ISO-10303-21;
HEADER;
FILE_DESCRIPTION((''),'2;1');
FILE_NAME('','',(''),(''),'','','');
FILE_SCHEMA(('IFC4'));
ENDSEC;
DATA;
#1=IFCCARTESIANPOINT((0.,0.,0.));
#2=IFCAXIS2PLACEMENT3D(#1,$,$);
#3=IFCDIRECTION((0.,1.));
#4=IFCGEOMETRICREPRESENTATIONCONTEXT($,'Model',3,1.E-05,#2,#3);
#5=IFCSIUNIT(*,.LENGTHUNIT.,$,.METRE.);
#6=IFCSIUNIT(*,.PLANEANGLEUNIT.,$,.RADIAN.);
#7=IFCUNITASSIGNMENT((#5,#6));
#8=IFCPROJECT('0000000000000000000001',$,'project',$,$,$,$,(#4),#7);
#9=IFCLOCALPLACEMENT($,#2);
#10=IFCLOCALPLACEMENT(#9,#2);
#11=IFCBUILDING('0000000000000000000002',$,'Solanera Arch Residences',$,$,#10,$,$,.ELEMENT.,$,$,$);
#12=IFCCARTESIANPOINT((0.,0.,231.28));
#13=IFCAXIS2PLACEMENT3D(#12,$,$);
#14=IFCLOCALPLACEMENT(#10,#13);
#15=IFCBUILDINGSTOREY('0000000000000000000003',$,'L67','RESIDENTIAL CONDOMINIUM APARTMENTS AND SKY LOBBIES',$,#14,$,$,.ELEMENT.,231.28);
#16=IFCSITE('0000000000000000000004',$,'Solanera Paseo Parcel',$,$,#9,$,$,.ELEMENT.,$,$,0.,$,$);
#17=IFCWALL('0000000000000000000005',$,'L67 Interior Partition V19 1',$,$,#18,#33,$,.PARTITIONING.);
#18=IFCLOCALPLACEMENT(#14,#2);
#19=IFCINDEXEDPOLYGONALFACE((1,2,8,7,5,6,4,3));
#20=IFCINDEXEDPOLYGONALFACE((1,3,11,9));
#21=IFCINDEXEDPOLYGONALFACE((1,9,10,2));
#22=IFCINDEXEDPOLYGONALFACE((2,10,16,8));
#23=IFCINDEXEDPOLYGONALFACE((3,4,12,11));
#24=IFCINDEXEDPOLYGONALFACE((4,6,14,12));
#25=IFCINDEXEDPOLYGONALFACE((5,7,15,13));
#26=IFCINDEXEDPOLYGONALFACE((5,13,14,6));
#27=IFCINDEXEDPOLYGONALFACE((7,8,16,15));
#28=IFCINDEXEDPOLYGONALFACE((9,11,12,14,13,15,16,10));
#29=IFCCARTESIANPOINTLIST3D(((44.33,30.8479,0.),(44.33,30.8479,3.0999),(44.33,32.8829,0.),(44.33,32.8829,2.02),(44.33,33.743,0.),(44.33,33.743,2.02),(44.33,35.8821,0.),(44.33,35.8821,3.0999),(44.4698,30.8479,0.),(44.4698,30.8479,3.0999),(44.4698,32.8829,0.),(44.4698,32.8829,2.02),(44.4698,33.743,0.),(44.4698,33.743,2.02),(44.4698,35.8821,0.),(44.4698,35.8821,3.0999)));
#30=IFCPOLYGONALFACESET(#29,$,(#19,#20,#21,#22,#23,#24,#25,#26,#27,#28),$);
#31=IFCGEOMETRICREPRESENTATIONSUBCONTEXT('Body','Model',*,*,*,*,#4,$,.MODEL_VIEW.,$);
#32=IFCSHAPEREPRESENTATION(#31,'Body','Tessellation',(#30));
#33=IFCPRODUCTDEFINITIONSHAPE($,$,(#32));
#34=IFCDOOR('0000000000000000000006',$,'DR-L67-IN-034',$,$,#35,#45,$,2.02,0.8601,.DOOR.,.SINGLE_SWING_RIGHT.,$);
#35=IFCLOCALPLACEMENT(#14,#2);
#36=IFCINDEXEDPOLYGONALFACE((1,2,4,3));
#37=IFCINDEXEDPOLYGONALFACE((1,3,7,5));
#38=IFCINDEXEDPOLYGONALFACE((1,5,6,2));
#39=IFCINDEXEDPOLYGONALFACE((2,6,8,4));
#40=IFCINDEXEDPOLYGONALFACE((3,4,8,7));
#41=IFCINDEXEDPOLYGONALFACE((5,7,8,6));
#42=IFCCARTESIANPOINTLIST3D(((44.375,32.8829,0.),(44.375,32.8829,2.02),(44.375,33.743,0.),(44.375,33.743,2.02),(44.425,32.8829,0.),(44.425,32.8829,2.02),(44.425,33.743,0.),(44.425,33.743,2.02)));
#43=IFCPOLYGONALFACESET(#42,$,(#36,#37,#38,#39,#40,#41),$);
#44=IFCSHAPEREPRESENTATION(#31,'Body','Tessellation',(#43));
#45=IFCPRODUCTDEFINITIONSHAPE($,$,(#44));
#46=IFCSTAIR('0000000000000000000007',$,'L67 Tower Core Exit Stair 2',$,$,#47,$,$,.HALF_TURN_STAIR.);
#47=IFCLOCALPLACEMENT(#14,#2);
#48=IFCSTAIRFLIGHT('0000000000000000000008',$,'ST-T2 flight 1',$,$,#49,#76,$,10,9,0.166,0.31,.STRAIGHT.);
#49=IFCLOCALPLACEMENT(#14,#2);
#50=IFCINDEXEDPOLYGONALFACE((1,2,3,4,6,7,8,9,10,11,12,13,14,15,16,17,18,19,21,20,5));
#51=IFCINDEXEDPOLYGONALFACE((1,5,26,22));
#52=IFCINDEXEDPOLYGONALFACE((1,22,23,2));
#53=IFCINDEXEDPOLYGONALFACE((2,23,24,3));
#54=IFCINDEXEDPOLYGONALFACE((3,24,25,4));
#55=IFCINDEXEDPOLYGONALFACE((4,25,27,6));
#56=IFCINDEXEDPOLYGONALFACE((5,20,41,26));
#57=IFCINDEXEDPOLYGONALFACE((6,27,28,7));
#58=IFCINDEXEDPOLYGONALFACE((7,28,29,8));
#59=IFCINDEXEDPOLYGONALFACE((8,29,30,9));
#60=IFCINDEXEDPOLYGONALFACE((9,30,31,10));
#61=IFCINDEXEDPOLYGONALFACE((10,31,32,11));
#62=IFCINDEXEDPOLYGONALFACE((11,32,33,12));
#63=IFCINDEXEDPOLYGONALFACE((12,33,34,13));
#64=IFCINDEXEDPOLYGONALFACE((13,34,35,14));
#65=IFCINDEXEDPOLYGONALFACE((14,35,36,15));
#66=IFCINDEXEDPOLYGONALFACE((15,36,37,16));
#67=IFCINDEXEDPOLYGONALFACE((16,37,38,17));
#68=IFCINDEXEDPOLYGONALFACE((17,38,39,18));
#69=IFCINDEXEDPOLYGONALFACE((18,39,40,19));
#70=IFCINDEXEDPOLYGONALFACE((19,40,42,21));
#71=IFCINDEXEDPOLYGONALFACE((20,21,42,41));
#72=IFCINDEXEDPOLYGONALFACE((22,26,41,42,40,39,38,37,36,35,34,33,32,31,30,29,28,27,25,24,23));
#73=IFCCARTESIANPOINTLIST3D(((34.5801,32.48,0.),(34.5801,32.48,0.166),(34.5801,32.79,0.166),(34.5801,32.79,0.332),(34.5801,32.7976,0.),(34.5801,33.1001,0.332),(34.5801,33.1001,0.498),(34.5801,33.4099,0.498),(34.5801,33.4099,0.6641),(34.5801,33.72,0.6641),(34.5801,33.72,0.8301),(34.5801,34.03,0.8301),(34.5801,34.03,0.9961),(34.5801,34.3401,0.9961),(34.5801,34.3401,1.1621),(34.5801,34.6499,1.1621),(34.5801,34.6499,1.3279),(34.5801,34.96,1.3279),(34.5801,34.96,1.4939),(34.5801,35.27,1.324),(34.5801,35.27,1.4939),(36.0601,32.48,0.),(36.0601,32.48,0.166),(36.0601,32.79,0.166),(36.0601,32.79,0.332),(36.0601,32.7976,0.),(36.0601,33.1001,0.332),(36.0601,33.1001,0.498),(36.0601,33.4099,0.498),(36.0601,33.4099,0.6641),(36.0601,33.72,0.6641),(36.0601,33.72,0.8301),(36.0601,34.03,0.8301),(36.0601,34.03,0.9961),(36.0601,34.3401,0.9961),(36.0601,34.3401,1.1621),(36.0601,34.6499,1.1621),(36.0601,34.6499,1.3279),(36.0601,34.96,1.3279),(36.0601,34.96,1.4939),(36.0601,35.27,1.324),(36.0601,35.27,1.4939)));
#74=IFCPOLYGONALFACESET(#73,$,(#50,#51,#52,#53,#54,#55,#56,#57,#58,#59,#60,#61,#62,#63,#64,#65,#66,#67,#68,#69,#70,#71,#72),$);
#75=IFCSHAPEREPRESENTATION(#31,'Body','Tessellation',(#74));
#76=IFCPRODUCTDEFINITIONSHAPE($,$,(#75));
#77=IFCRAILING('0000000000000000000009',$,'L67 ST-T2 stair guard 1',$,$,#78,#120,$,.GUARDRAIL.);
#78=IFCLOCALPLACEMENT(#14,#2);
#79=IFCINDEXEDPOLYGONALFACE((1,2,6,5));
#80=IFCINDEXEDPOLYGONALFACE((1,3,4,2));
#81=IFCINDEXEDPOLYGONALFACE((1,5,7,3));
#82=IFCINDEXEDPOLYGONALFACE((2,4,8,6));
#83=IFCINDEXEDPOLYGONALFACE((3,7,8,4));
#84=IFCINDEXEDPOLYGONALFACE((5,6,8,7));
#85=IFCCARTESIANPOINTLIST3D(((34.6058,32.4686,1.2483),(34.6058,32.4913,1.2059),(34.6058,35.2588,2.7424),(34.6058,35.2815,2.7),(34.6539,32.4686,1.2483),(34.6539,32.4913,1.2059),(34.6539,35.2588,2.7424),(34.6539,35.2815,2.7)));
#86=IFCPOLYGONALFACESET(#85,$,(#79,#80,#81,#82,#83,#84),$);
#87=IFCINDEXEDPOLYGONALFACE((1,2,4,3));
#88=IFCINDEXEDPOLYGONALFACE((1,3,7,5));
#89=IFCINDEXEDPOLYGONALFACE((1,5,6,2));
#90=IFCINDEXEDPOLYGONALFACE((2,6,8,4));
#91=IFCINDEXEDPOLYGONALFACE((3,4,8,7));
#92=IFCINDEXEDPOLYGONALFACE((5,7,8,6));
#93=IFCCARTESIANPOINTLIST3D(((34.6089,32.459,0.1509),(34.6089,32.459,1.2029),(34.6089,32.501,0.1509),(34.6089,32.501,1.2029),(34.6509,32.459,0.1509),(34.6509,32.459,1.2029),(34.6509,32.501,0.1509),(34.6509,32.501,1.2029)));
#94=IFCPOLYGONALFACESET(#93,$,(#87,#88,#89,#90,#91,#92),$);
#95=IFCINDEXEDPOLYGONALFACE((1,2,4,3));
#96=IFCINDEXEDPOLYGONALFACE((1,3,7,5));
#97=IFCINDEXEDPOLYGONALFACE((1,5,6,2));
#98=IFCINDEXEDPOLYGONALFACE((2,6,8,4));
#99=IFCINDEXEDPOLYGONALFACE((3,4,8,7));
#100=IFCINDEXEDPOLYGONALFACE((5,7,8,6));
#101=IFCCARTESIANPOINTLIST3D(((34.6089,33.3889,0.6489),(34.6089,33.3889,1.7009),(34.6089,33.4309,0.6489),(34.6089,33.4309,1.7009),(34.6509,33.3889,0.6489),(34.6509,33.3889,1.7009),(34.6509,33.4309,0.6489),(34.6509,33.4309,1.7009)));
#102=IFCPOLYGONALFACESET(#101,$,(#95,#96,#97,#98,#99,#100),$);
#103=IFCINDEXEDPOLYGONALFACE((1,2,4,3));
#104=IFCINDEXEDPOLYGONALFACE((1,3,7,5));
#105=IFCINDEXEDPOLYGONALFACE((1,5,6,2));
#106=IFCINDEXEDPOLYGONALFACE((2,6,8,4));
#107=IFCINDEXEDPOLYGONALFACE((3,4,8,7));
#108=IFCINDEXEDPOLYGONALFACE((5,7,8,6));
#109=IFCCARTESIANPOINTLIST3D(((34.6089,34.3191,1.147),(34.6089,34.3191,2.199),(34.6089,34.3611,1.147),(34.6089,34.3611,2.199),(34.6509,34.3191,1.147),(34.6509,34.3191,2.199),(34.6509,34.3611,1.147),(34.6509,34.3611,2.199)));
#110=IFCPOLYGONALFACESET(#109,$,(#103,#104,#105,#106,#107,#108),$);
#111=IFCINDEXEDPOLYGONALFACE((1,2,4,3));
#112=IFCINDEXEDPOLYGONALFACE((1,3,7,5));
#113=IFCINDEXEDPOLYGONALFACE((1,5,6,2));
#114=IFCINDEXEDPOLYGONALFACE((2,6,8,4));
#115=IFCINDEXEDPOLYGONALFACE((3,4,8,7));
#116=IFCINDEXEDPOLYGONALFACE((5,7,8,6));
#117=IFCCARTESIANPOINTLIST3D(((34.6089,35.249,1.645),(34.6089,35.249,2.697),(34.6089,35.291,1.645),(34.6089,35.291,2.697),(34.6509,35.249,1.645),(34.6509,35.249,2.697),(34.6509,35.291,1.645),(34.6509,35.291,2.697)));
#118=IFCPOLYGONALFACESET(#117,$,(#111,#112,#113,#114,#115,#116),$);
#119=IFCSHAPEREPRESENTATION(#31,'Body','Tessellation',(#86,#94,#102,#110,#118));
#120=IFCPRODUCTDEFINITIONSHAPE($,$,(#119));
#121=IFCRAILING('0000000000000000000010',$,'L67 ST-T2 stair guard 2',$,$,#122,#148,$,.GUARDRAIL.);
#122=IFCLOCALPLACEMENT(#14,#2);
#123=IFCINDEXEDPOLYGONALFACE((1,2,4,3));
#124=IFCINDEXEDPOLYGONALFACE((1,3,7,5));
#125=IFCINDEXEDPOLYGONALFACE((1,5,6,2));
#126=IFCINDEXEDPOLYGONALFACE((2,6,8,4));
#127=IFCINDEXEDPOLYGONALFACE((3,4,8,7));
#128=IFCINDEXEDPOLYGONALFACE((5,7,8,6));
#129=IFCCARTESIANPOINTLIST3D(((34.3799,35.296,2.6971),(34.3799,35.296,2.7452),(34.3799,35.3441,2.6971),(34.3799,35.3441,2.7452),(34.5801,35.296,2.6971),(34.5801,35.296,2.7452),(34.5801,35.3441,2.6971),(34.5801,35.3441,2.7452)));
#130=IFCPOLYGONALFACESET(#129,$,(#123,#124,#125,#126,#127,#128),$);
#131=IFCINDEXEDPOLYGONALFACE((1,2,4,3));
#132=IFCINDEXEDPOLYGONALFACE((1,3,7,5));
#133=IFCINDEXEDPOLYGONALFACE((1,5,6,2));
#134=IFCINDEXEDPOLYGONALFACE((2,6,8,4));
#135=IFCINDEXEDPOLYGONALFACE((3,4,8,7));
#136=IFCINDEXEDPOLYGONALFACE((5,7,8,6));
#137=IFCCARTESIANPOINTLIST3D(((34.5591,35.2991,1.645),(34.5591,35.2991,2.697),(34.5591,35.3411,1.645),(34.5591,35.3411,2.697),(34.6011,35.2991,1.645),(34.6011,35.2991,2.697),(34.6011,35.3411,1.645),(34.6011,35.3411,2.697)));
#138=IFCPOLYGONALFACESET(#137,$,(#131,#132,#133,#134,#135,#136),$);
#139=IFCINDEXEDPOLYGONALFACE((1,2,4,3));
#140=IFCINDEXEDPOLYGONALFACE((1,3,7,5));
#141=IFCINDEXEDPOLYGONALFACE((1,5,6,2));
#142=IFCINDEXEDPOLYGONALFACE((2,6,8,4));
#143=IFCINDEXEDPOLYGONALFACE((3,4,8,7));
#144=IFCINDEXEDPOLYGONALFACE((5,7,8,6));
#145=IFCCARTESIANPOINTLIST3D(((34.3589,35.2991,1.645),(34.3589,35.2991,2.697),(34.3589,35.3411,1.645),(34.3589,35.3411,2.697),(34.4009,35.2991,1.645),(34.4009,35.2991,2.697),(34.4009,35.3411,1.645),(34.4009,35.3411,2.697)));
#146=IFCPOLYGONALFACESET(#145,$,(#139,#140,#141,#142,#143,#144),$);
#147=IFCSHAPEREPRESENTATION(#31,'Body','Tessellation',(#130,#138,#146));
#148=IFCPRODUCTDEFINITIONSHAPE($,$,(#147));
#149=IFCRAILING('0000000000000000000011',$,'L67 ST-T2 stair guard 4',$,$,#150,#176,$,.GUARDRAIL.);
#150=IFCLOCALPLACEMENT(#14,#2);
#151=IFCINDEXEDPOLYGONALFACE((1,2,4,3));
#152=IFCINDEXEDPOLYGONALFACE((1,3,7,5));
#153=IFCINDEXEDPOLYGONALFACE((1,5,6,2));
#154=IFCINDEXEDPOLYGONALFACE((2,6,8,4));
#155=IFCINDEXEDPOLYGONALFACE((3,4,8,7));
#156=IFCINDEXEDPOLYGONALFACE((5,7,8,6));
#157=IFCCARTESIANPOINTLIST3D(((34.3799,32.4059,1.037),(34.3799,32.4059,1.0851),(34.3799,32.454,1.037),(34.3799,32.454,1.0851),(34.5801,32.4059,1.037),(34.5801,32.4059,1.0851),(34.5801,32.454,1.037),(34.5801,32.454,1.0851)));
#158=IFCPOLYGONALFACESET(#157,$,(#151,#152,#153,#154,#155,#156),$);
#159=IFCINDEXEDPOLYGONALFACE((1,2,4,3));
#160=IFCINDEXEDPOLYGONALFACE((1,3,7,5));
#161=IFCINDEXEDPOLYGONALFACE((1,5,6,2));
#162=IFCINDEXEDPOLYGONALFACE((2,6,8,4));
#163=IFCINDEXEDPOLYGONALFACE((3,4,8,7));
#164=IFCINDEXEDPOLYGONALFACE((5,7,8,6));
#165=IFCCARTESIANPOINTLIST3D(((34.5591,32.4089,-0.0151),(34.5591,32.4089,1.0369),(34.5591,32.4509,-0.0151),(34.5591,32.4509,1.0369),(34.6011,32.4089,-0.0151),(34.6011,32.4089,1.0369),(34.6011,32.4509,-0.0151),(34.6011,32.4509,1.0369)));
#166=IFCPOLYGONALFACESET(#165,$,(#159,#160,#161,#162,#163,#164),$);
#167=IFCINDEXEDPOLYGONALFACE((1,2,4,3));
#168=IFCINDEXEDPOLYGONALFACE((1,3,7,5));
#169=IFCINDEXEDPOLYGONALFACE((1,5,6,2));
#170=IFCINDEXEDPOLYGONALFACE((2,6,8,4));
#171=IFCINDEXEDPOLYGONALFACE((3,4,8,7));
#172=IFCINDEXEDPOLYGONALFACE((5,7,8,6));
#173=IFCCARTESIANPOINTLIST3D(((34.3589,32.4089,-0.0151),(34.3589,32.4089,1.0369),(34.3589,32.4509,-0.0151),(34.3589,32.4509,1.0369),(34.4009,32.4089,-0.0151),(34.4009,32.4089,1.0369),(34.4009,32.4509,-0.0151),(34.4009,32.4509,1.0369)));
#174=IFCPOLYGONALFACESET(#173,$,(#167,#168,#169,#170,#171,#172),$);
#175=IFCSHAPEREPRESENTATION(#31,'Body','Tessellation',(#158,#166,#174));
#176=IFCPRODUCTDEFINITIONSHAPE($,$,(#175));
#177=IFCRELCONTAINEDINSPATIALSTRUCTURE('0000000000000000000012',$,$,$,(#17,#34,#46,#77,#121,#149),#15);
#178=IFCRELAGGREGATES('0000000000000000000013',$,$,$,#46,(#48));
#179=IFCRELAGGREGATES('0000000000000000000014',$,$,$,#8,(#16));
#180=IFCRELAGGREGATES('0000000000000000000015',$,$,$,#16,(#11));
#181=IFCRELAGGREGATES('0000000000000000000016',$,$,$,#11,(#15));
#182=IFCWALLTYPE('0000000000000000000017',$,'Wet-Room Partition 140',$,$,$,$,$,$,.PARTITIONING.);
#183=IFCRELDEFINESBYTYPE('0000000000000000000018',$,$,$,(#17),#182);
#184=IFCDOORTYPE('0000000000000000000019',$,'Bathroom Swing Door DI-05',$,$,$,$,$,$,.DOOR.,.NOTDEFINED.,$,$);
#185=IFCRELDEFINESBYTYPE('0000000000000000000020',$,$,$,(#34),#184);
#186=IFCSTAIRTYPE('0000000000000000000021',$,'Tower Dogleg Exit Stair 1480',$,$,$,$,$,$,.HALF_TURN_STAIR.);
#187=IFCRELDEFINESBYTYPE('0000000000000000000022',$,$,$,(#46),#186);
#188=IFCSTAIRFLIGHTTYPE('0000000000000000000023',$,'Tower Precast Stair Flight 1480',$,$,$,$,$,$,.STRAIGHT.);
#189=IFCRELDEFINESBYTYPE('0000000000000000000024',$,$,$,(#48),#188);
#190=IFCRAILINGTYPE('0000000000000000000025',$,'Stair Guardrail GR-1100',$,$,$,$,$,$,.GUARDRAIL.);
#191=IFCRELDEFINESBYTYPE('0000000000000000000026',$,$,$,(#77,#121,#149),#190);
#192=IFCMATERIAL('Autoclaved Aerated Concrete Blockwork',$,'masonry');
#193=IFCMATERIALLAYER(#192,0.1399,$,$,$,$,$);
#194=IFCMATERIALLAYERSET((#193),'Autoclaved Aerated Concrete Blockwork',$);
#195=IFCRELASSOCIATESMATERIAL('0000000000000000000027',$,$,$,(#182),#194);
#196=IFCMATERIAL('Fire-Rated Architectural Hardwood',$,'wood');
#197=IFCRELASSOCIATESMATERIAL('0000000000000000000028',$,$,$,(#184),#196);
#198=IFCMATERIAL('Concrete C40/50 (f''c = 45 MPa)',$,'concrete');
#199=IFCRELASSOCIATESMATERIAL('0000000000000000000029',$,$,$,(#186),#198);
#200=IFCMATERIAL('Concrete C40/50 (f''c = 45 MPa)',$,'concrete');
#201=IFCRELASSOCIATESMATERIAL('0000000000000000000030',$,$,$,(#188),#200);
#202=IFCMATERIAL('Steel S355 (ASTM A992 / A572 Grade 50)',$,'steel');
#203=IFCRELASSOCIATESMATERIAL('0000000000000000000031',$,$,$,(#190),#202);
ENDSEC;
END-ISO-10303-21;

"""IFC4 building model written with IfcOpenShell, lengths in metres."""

from ifc_helpers import new_model, si_unit, direction, frame, frame_2d, origin, origin_2d, place, context, subcontext, project, spatial, polyline, rectangle, outline, extrude, material, layer, layer_set, type_object, element, fill, aggregate, save


model = new_model("IFC4")

# Units and contexts
model_context = context("Model", 3, precision=1e-05, world=origin(), true_north=direction((0.0, 1.0)))
body_context = subcontext(model_context, "Body", "Model", "MODEL_VIEW")
ifc_project = project(units=[si_unit("LENGTHUNIT", "METRE"), si_unit("PLANEANGLEUNIT", "RADIAN")], contexts=[model_context])

# Site, building, storey
site_placement = place(None, origin())
site = spatial("IfcSite", under=ifc_project, at=site_placement, Name="Solanera Paseo Parcel", CompositionType="ELEMENT", RefElevation=0.0)
building_placement = place(site_placement, origin())
building = spatial("IfcBuilding", under=site, at=building_placement, Name="Solanera Arch Residences", CompositionType="ELEMENT")
storey_placement = place(building_placement, frame((0.0, 0.0, 231.28)))
storey = spatial("IfcBuildingStorey", under=building, at=storey_placement, Name="L67", Description="RESIDENTIAL CONDOMINIUM APARTMENTS AND SKY LOBBIES", CompositionType="ELEMENT", Elevation=231.28)

# Shared definitions
ifc_material_1 = material(Name="Autoclaved Aerated Concrete Blockwork", Category="masonry")
ifc_layer_1 = layer(ifc_material_1, 0.1399)
ifc_layer_set_1 = layer_set([ifc_layer_1], Name="Autoclaved Aerated Concrete Blockwork")
wall_type_1 = type_object("IfcWallType", Name="Wet-Room Partition 140", PredefinedType="PARTITIONING", material=ifc_layer_set_1)

# Wall, opening, door
wall_1_placement = place(storey_placement, frame((44.3999, 30.8479, 0.0), z_axis=(0.0, 0.0, 1.0), x_axis=(0.0, 1.0, 0.0)))
wall_1 = element("IfcWall", 1, at=wall_1_placement, inside=storey, type_object=wall_type_1, Name="L67 Interior Partition V19 1", PredefinedType="PARTITIONING", context=body_context, shape_type="SweptSolid", body=[
    extrude(rectangle(XDim=5.0342, YDim=0.1399, at=frame_2d((2.5171, 0.0))), origin(), (0.0, 0.0, 1.0), 3.0999),
])
opening_placement = place(wall_1_placement, frame((2.0349, 0.0, 0.0)))
opening = element("IfcOpeningElement", 2, at=opening_placement, cuts=wall_1, PredefinedType="OPENING", context=body_context, shape_type="SweptSolid", body=[
    extrude(rectangle(XDim=0.8601, YDim=2.02, at=frame_2d((0.4302, 1.01))), frame((0.0, 0.0798, 0.0), z_axis=(0.0, -1.0, 0.0), x_axis=(1.0, 0.0, 0.0)), (0.0, 0.0, 1.0), 0.1599),
])
ifc_material_2 = material(Name="Fire-Rated Architectural Hardwood", Category="wood")
door_type = type_object("IfcDoorType", Name="Bathroom Swing Door DI-05", OperationType="NOTDEFINED", PredefinedType="DOOR", material=ifc_material_2)
door_placement = place(opening_placement, origin())
door = element("IfcDoor", 3, at=door_placement, inside=storey, type_object=door_type, Name="DR-L67-IN-034", OperationType="SINGLE_SWING_RIGHT", OverallHeight=2.02, OverallWidth=0.8601, PredefinedType="DOOR", context=body_context, shape_type="SweptSolid", body=[
    extrude(rectangle(XDim=0.8601, YDim=2.02, at=frame_2d((0.4302, 1.01))), frame((0.0, 0.0249, 0.0), z_axis=(0.0, -1.0, 0.0), x_axis=(1.0, 0.0, 0.0)), (0.0, 0.0, 1.0), 0.05),
])
fill(opening, door)

# Stair, stair flight
ifc_material_3 = material(Name="Concrete C40/50 (f'c = 45 MPa)", Category="concrete")
stair_type = type_object("IfcStairType", Name="Tower Dogleg Exit Stair 1480", PredefinedType="HALF_TURN_STAIR", material=ifc_material_3)
stair_placement = place(storey_placement, origin())
stair = element("IfcStair", 4, at=stair_placement, inside=storey, type_object=stair_type, Name="L67 Tower Core Exit Stair 2", PredefinedType="HALF_TURN_STAIR")
ifc_material_4 = material(Name="Concrete C40/50 (f'c = 45 MPa)", Category="concrete")
stair_flight_type = type_object("IfcStairFlightType", Name="Tower Precast Stair Flight 1480", PredefinedType="STRAIGHT", material=ifc_material_4)
stair_flight_placement = place(storey_placement, frame((35.3201, 32.48, 0.0), z_axis=(0.0, 0.0, 1.0), x_axis=(0.0, 1.0, 0.0)))
stair_flight = element("IfcStairFlight", 5, at=stair_flight_placement, type_object=stair_flight_type, Name="ST-T2 flight 1", NumberOfRisers=10, NumberOfTreads=9, PredefinedType="STRAIGHT", RiserHeight=0.166, TreadLength=0.31, context=body_context, shape_type="SweptSolid", body=[
    extrude(outline(polyline([(0.0, 0.0), (0.0, 0.166), (0.3101, 0.166), (0.3101, 0.332), (0.6201, 0.332), (0.6201, 0.498), (0.9299, 0.498), (0.9299, 0.6641), (1.24, 0.6641), (1.24, 0.8301), (1.55, 0.8301), (1.55, 0.9961), (1.8601, 0.9961), (1.8601, 1.1621), (2.1699, 1.1621), (2.1699, 1.3279), (2.48, 1.3279), (2.48, 1.4939), (2.79, 1.4939), (2.79, 1.6599), (2.79, 1.324), (0.3176, 0.0), (0.0, 0.0)])), frame((0.0, 0.74, 0.0), z_axis=(0.0, -1.0, 0.0), x_axis=(1.0, 0.0, 0.0)), (0.0, 0.0, 1.0), 1.48),
])
aggregate(stair, [stair_flight])

# Railings
ifc_material_5 = material(Name="Steel S355 (ASTM A992 / A572 Grade 50)", Category="steel")
railing_type_1 = type_object("IfcRailingType", Name="Stair Guardrail GR-1100", PredefinedType="GUARDRAIL", material=ifc_material_5)
railing_1_placement = place(storey_placement, frame((34.6299, 32.48, 0.1509)))
element("IfcRailing", 6, at=railing_1_placement, inside=storey, type_object=railing_type_1, Name="L67 ST-T2 stair guard 1", PredefinedType="GUARDRAIL", context=body_context, shape_type="SweptSolid", body=[
    extrude(rectangle(XDim=0.0481, YDim=0.0481, at=origin_2d()), frame((0.0, 0.0, 1.0762), z_axis=(0.0, 0.881549, 0.472093), x_axis=(-1.0, 0.0, 0.0)), (0.0, 0.0, 1.0), 3.165),
    extrude(rectangle(XDim=0.042, YDim=0.042, at=origin_2d()), origin(), (0.0, 0.0, 1.0), 1.052),
    extrude(rectangle(XDim=0.042, YDim=0.042, at=origin_2d()), frame((0.0, 0.9299, 0.498)), (0.0, 0.0, 1.0), 1.052),
    extrude(rectangle(XDim=0.042, YDim=0.042, at=origin_2d()), frame((0.0, 1.8601, 0.9961)), (0.0, 0.0, 1.0), 1.052),
    extrude(rectangle(XDim=0.042, YDim=0.042, at=origin_2d()), frame((0.0, 2.79, 1.4941)), (0.0, 0.0, 1.0), 1.052),
])
for number, where, name in (
    (7, (34.5801, 35.3201, 1.645), "L67 ST-T2 stair guard 2"),
    (8, (34.5801, 32.4299, -0.0151), "L67 ST-T2 stair guard 4"),
):
    element("IfcRailing", number, at=place(storey_placement, frame(where)), inside=storey, type_object=railing_type_1, Name=name, PredefinedType="GUARDRAIL", context=body_context, shape_type="SweptSolid", body=[
        extrude(rectangle(XDim=0.0481, YDim=0.0481, at=origin_2d()), frame((0.0, 0.0, 1.0762), z_axis=(-1.0, 0.0, 0.0), x_axis=(0.0, -1.0, 0.0)), (0.0, 0.0, 1.0), 0.2002),
        extrude(rectangle(XDim=0.042, YDim=0.042, at=origin_2d()), origin(), (0.0, 0.0, 1.0), 1.052),
        extrude(rectangle(XDim=0.042, YDim=0.042, at=origin_2d()), frame((-0.2002, 0.0, 0.0)), (0.0, 0.0, 1.0), 1.052),
    ])

save(model, "model.ifc")
